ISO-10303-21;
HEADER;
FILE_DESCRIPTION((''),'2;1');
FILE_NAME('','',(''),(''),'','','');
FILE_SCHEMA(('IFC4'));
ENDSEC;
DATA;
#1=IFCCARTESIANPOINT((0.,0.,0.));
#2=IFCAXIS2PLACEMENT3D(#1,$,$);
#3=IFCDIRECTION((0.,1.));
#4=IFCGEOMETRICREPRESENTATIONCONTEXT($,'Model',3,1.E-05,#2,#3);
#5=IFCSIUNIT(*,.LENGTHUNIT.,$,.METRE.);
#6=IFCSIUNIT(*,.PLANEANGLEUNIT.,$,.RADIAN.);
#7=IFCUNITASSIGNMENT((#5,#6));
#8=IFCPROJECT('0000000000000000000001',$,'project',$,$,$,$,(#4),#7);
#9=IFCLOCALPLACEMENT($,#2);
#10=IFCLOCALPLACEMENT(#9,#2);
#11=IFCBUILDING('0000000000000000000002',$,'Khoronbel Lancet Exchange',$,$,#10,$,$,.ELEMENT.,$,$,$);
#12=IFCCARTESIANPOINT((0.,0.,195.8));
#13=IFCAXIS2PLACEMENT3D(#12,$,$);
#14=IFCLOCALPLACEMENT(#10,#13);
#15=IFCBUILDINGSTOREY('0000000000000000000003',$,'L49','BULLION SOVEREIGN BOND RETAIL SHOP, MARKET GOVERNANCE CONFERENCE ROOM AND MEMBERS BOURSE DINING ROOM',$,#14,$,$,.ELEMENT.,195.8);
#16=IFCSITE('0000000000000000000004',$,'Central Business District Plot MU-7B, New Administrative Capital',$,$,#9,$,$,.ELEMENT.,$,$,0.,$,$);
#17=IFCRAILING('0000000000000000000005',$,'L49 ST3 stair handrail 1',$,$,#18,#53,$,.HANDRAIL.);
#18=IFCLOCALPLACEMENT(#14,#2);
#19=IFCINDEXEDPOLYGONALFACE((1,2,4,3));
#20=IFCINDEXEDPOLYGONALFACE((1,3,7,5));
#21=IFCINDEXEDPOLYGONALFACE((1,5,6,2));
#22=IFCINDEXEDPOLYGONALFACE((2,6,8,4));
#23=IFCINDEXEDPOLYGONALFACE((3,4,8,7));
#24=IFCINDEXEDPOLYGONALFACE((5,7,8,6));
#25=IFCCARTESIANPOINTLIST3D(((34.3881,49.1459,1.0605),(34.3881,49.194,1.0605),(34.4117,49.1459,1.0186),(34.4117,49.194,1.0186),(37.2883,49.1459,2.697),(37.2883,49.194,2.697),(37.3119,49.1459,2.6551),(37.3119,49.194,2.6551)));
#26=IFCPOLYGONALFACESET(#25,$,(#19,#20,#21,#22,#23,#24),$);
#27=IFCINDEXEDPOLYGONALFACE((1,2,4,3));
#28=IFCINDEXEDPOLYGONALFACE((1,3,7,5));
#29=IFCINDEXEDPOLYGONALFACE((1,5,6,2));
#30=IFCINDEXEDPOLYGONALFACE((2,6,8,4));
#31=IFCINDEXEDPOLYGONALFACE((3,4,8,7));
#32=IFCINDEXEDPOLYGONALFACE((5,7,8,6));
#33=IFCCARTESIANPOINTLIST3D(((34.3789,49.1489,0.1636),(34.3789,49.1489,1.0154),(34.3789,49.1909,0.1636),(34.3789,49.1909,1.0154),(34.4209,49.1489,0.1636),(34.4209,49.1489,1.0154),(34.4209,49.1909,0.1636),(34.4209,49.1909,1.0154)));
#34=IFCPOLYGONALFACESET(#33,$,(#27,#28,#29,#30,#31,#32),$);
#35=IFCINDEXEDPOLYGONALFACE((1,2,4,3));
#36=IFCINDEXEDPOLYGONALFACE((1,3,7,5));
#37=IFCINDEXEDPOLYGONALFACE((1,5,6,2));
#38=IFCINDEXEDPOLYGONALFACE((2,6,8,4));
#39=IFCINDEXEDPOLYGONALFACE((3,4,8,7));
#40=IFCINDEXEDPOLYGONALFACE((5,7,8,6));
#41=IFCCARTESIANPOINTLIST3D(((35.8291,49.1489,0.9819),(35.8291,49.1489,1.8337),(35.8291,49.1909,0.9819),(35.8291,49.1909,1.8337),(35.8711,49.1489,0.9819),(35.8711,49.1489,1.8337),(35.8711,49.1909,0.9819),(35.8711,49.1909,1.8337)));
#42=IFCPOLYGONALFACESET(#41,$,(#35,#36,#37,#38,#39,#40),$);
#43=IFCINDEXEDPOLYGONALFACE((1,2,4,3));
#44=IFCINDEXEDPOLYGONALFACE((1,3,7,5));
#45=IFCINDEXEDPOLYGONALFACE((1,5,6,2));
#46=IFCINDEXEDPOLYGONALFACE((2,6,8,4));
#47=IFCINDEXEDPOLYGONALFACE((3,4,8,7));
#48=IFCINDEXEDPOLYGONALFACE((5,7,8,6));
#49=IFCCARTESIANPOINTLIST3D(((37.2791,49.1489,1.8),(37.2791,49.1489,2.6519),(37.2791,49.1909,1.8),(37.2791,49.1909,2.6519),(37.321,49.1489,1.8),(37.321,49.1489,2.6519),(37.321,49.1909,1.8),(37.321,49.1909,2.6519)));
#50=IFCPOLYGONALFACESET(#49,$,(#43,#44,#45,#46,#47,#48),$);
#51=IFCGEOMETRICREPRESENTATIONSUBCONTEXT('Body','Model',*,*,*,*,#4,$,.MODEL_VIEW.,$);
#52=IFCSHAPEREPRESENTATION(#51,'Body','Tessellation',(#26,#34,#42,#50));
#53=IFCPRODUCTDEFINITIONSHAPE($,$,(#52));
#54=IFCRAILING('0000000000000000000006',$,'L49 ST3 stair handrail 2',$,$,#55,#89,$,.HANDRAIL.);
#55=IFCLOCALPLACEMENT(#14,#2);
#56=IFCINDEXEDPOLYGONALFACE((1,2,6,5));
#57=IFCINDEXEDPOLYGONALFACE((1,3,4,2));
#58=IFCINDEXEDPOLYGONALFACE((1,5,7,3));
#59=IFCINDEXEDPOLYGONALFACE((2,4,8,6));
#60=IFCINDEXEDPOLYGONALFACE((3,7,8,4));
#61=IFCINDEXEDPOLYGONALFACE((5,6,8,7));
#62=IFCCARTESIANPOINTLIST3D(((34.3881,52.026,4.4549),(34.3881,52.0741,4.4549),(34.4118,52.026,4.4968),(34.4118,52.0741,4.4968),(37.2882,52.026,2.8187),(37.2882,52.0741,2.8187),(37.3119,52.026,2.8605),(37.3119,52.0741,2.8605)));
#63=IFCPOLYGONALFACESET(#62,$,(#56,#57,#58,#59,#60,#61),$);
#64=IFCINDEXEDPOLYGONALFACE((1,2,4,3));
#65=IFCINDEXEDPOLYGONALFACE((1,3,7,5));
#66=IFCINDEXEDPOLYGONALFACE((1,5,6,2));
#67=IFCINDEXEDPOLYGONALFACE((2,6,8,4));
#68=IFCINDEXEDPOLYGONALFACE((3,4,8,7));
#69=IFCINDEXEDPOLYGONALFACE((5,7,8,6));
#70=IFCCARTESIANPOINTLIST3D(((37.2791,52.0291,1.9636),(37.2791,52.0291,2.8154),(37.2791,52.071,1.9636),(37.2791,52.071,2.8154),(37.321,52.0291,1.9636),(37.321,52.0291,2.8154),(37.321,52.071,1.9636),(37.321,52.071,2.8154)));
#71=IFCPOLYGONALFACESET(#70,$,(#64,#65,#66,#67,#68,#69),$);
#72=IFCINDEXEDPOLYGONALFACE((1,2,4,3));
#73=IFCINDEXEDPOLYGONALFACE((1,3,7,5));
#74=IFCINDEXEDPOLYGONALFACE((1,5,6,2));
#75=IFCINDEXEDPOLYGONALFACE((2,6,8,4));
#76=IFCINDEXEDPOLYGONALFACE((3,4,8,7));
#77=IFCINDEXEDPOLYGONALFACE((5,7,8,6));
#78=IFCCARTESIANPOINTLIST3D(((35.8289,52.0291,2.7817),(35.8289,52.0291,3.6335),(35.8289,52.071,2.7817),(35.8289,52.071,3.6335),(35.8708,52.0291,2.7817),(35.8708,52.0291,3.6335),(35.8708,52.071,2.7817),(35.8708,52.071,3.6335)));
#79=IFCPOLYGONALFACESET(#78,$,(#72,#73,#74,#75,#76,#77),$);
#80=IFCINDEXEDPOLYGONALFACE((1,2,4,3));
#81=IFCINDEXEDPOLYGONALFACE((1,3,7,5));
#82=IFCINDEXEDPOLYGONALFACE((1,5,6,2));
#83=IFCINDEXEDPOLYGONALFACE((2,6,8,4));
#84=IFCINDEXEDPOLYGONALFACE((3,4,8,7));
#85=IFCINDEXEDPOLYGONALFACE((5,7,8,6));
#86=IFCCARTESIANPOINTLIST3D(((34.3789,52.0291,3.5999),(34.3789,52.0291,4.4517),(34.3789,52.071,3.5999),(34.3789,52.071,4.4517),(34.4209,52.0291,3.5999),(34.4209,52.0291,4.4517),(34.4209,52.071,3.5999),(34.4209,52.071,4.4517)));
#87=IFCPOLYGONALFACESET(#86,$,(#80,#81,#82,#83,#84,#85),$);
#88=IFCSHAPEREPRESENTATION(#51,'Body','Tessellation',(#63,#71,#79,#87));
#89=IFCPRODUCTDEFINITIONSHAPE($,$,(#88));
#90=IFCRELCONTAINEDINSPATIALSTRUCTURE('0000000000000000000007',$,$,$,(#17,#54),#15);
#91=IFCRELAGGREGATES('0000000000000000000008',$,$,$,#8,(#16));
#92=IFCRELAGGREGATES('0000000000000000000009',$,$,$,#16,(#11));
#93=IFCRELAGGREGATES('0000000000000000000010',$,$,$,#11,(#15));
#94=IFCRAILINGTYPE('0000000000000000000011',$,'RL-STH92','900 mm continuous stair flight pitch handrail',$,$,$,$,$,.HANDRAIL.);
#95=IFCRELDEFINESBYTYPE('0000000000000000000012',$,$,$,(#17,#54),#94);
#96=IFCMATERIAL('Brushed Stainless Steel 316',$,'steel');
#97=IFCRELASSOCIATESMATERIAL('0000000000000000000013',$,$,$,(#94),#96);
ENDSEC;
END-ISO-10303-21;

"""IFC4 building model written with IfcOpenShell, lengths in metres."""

from ifc_helpers import new_model, si_unit, direction, frame, origin, origin_2d, place, context, subcontext, project, spatial, rectangle, extrude, material, type_object, element, save


model = new_model("IFC4")

# Units and contexts
model_context = context("Model", 3, precision=1e-05, world=origin(), true_north=direction((0.0, 1.0)))
body_context = subcontext(model_context, "Body", "Model", "MODEL_VIEW")
ifc_project = project(units=[si_unit("LENGTHUNIT", "METRE"), si_unit("PLANEANGLEUNIT", "RADIAN")], contexts=[model_context])

# Site, building, storey
site_placement = place(None, origin())
site = spatial("IfcSite", under=ifc_project, at=site_placement, Name="Central Business District Plot MU-7B, New Administrative Capital", CompositionType="ELEMENT", RefElevation=0.0)
building_placement = place(site_placement, origin())
building = spatial("IfcBuilding", under=site, at=building_placement, Name="Khoronbel Lancet Exchange", CompositionType="ELEMENT")
storey_placement = place(building_placement, frame((0.0, 0.0, 195.8)))
storey = spatial("IfcBuildingStorey", under=building, at=storey_placement, Name="L49", Description="BULLION SOVEREIGN BOND RETAIL SHOP, MARKET GOVERNANCE CONFERENCE ROOM AND MEMBERS BOURSE DINING ROOM", CompositionType="ELEMENT", Elevation=195.8)

# Railings
ifc_material_1 = material(Name="Brushed Stainless Steel 316", Category="steel")
railing_type_1 = type_object("IfcRailingType", Name="RL-STH92", Description="900 mm continuous stair flight pitch handrail", PredefinedType="HANDRAIL", material=ifc_material_1)
railing_1_placement = place(storey_placement, frame((34.3999, 49.1699, 0.1636)))
element("IfcRailing", 1, at=railing_1_placement, inside=storey, type_object=railing_type_1, Name="L49 ST3 stair handrail 1", PredefinedType="HANDRAIL", context=body_context, shape_type="SweptSolid", body=[
    extrude(rectangle(XDim=0.0481, YDim=0.0481, at=origin_2d()), frame((0.0, 0.0, 0.876), z_axis=(0.870915, 0.0, 0.491434), x_axis=(0.0, 1.0, 0.0)), (0.0, 0.0, 1.0), 3.3301),
    extrude(rectangle(XDim=0.042, YDim=0.042, at=origin_2d()), origin(), (0.0, 0.0, 1.0), 0.8518),
    extrude(rectangle(XDim=0.042, YDim=0.042, at=origin_2d()), frame((1.4502, 0.0, 0.8184)), (0.0, 0.0, 1.0), 0.8518),
    extrude(rectangle(XDim=0.042, YDim=0.042, at=origin_2d()), frame((2.9001, 0.0, 1.6365)), (0.0, 0.0, 1.0), 0.8518),
])
railing_2_placement = place(storey_placement, frame((37.3, 52.05, 1.9636)))
element("IfcRailing", 2, at=railing_2_placement, inside=storey, type_object=railing_type_1, Name="L49 ST3 stair handrail 2", PredefinedType="HANDRAIL", context=body_context, shape_type="SweptSolid", body=[
    extrude(rectangle(XDim=0.0481, YDim=0.0481, at=origin_2d()), frame((0.0, 0.0, 0.876), z_axis=(-0.870946, 0.0, 0.491378), x_axis=(0.0, -1.0, 0.0)), (0.0, 0.0, 1.0), 3.3298),
    extrude(rectangle(XDim=0.042, YDim=0.042, at=origin_2d()), origin(), (0.0, 0.0, 1.0), 0.8518),
    extrude(rectangle(XDim=0.042, YDim=0.042, at=origin_2d()), frame((-1.4502, 0.0, 0.8181)), (0.0, 0.0, 1.0), 0.8518),
    extrude(rectangle(XDim=0.042, YDim=0.042, at=origin_2d()), frame((-2.9001, 0.0, 1.6362)), (0.0, 0.0, 1.0), 0.8518),
])

save(model, "model.ifc")
